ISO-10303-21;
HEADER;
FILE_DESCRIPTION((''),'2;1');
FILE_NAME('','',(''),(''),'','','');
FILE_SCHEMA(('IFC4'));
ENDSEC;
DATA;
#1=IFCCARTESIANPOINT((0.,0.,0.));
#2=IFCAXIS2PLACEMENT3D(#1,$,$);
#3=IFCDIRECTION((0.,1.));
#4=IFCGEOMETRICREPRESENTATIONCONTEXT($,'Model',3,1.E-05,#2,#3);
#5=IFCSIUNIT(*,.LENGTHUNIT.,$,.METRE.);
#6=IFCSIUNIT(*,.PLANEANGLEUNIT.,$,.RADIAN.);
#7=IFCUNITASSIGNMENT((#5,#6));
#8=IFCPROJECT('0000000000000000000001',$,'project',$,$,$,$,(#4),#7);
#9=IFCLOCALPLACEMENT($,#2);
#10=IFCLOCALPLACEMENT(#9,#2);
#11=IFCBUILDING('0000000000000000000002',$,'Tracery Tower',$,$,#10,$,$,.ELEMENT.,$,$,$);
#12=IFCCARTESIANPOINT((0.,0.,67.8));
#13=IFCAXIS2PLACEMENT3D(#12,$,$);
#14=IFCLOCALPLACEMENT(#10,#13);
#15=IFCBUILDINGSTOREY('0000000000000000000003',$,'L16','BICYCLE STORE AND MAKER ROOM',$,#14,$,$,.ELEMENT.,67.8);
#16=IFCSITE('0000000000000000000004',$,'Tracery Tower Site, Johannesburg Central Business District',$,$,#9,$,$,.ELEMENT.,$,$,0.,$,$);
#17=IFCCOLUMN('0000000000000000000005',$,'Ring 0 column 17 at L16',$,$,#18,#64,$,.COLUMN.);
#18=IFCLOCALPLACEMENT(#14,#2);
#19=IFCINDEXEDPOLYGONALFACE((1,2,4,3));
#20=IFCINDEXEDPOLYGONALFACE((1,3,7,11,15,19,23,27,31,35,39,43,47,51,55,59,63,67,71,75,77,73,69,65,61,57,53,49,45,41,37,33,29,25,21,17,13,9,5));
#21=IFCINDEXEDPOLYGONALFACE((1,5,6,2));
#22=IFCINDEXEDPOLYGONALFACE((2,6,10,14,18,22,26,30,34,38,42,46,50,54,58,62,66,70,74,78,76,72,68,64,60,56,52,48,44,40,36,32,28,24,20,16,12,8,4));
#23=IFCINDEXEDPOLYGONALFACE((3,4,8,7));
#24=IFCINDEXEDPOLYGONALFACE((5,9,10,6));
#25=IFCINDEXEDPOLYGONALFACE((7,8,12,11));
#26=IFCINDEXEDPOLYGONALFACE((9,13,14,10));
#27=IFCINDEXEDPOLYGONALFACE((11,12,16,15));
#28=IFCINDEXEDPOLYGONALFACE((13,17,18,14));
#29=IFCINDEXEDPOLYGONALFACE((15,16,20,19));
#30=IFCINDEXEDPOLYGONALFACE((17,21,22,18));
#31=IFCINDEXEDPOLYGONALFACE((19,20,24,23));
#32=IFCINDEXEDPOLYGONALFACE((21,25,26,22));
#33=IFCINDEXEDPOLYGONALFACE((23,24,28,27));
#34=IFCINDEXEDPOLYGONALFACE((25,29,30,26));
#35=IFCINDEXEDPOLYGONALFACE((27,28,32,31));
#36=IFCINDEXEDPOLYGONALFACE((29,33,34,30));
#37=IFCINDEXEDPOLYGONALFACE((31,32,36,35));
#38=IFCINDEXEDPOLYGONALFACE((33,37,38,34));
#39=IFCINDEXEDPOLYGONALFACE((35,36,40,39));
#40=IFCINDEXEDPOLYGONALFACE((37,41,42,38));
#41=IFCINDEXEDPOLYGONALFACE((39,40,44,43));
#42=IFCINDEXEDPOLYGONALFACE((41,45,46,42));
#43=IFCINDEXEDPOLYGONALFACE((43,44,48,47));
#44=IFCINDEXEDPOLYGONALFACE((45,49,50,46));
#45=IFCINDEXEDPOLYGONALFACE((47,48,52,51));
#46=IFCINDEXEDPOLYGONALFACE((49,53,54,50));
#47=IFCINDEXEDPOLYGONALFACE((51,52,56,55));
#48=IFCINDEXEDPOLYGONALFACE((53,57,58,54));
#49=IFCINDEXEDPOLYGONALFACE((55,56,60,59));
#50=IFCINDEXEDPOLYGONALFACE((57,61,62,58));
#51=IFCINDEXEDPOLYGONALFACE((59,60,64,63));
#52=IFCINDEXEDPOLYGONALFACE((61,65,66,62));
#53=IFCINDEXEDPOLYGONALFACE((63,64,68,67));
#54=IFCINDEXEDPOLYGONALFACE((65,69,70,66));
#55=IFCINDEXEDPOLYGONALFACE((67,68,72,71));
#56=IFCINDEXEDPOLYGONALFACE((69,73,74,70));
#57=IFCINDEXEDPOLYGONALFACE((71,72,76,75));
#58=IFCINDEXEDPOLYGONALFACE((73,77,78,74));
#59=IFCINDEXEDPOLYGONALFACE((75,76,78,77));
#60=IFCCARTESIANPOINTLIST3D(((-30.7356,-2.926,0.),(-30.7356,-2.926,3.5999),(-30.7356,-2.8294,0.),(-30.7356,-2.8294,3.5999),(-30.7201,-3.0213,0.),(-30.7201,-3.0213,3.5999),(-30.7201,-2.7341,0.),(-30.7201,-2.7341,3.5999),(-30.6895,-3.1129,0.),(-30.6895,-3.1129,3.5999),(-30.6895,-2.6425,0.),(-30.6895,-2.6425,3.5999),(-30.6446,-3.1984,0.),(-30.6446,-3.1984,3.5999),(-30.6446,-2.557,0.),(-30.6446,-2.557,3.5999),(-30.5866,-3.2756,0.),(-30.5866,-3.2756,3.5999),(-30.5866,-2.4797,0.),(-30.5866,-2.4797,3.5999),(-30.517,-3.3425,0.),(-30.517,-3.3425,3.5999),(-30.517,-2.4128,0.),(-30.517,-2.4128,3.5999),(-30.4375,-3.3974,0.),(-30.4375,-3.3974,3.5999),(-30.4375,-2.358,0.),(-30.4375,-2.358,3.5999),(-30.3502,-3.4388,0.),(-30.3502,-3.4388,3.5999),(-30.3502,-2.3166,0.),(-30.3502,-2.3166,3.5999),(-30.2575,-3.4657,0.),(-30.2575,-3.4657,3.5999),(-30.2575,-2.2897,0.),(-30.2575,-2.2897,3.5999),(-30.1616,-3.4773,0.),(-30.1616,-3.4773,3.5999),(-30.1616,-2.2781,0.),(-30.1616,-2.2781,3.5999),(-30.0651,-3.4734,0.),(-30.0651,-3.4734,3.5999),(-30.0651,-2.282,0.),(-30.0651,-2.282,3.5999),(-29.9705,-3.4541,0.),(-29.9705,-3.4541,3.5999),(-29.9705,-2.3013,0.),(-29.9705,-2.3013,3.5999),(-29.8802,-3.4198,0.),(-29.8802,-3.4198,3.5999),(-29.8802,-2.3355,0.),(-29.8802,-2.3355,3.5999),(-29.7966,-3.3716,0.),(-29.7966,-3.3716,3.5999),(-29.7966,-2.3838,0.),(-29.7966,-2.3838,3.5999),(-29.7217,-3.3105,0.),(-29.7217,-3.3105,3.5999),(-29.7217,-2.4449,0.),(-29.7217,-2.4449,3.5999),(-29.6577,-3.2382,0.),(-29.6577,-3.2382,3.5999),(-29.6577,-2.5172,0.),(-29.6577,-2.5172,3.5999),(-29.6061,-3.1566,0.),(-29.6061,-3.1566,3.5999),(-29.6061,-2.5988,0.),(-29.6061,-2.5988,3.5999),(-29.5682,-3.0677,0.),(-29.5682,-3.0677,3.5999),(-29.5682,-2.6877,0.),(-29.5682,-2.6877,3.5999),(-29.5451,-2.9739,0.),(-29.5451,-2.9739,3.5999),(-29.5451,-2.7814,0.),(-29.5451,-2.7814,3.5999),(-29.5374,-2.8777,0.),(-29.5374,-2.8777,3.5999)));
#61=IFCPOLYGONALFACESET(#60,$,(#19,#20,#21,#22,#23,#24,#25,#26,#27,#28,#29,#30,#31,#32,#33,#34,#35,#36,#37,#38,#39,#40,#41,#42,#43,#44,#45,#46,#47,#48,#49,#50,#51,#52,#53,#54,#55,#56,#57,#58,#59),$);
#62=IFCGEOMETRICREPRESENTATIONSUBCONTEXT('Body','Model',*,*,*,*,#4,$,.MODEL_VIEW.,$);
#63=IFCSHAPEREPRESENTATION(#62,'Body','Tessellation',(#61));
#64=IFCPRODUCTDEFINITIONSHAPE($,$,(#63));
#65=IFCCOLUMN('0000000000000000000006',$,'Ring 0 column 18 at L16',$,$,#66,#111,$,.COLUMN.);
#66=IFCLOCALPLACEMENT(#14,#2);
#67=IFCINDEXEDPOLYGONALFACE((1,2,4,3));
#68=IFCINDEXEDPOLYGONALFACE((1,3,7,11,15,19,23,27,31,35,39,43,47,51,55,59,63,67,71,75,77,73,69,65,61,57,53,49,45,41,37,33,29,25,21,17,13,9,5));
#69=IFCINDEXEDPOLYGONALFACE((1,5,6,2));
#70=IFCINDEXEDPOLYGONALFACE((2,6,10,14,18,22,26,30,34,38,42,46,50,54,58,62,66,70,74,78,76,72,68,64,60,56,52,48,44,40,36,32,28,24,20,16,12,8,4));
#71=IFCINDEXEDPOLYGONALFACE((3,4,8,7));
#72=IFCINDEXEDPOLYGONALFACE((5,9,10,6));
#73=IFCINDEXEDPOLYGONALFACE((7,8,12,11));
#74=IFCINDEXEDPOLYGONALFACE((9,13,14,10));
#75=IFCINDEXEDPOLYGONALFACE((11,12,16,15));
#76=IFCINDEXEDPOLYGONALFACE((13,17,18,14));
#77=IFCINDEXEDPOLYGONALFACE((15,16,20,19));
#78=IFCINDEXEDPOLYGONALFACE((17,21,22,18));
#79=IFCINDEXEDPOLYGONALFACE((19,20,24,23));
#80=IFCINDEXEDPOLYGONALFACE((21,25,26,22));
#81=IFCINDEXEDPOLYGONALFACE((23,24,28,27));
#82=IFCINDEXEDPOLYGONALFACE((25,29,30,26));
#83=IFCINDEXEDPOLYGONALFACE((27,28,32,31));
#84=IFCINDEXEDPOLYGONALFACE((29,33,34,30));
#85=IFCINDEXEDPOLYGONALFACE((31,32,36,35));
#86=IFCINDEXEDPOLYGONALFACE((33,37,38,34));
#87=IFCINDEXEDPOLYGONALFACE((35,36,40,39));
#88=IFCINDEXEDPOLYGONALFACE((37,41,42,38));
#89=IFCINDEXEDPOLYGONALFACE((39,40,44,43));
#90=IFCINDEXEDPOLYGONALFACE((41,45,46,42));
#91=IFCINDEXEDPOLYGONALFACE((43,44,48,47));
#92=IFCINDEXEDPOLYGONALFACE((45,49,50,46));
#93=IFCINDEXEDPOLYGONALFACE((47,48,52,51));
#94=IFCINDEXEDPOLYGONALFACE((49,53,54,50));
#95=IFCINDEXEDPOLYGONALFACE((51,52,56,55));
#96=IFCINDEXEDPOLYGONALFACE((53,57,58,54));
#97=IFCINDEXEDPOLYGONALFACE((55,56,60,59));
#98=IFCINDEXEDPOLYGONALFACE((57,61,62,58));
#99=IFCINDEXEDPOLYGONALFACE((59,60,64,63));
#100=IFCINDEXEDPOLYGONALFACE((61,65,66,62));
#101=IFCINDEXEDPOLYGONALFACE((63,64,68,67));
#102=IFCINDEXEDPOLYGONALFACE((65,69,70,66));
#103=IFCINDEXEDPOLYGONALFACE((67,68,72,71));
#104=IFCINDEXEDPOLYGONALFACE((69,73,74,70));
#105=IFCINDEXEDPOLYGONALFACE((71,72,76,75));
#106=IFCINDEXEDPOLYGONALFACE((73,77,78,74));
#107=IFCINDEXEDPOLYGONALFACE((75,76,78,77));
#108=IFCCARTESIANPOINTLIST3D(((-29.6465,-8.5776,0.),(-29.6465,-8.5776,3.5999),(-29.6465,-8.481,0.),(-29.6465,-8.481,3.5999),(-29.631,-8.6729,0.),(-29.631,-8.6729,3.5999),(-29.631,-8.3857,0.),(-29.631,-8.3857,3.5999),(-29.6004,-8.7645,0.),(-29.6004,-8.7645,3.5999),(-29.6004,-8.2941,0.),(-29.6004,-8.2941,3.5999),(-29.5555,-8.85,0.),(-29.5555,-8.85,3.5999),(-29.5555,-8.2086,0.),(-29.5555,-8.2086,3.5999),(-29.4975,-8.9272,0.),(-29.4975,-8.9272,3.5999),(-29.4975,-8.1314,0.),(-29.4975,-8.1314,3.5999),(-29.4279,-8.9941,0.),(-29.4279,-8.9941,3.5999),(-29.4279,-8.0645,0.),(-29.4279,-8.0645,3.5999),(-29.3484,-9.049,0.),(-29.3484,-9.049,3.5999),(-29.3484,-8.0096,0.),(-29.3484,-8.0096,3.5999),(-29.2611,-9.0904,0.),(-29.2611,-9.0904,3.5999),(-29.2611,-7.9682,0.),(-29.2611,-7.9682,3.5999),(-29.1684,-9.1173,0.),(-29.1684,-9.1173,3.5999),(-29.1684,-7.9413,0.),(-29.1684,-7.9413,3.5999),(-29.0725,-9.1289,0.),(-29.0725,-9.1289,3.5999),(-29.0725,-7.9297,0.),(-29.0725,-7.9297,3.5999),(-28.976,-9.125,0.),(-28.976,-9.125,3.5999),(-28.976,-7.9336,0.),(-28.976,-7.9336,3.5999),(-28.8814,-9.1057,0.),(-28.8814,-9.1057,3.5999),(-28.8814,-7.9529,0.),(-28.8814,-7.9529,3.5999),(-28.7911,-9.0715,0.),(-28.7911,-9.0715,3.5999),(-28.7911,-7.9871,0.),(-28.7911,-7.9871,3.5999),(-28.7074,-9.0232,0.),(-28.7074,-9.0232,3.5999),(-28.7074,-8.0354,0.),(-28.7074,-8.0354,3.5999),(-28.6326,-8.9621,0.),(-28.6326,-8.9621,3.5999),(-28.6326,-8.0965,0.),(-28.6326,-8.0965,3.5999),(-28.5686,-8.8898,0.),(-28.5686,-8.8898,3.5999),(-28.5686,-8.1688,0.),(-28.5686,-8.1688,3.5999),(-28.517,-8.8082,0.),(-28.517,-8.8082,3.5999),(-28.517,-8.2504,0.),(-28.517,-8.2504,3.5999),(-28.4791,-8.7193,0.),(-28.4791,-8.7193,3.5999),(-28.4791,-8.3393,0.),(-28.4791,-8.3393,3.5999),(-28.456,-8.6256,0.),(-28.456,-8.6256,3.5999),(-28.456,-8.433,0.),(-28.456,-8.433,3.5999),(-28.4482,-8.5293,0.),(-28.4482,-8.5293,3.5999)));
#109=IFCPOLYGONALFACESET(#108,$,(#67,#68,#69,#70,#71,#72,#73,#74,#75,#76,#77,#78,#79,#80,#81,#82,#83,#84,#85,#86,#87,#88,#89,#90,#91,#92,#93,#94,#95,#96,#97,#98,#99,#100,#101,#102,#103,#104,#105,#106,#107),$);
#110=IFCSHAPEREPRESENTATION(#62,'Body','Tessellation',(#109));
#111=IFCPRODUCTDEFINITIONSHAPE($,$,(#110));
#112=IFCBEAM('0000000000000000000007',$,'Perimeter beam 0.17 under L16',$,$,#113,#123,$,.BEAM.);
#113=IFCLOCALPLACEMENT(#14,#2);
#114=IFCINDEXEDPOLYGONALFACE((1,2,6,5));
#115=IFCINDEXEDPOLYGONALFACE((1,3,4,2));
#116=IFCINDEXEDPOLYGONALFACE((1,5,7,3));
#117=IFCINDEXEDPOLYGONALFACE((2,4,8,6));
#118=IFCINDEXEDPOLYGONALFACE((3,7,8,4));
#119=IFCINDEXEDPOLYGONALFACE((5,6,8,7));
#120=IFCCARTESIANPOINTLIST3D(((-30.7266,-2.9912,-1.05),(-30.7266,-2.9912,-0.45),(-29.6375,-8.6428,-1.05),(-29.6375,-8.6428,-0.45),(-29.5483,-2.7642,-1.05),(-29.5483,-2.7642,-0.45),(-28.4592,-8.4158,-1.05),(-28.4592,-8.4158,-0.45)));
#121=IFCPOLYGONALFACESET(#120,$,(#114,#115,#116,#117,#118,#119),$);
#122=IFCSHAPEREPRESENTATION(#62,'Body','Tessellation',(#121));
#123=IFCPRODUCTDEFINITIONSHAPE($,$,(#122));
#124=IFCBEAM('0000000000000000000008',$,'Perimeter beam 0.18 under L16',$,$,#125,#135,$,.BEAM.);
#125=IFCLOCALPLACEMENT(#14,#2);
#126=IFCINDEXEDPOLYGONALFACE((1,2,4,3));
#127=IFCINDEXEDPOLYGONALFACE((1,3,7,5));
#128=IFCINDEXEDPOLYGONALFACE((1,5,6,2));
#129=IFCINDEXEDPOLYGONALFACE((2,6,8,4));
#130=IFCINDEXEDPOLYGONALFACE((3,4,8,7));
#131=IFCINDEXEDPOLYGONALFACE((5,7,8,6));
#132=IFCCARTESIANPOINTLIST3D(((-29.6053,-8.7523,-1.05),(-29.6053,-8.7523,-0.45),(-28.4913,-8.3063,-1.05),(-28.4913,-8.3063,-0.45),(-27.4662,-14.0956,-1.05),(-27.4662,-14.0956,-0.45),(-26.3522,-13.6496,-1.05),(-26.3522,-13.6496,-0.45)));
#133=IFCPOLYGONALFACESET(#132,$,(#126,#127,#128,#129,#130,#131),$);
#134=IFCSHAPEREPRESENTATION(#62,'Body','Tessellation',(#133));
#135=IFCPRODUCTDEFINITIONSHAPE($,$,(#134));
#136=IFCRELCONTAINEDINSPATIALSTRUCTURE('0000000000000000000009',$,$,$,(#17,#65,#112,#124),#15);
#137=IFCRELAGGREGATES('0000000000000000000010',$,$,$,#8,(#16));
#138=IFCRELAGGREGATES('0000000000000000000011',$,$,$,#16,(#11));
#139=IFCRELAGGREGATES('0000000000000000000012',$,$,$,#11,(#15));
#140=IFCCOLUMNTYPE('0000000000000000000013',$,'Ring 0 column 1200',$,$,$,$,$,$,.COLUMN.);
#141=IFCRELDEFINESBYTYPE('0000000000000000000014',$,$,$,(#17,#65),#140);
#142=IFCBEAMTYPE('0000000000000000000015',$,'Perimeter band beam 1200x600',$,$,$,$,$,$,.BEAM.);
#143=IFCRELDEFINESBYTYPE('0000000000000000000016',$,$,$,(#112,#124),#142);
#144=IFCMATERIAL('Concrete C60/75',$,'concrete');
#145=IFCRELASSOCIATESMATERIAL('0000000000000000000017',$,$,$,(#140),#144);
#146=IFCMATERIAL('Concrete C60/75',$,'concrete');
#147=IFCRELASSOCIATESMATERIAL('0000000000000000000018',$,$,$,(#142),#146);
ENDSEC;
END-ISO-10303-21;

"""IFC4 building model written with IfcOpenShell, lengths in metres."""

from ifc_helpers import new_model, si_unit, direction, frame, origin, origin_2d, place, context, subcontext, project, spatial, rectangle, circle, extrude, material, material_profile, profile_set, type_object, element, save


model = new_model("IFC4")

# Units and contexts
model_context = context("Model", 3, precision=1e-05, world=origin(), true_north=direction((0.0, 1.0)))
body_context = subcontext(model_context, "Body", "Model", "MODEL_VIEW")
ifc_project = project(units=[si_unit("LENGTHUNIT", "METRE"), si_unit("PLANEANGLEUNIT", "RADIAN")], contexts=[model_context])

# Site, building, storey
site_placement = place(None, origin())
site = spatial("IfcSite", under=ifc_project, at=site_placement, Name="Tracery Tower Site, Johannesburg Central Business District", CompositionType="ELEMENT", RefElevation=0.0)
building_placement = place(site_placement, origin())
building = spatial("IfcBuilding", under=site, at=building_placement, Name="Tracery Tower", CompositionType="ELEMENT")
storey_placement = place(building_placement, frame((0.0, 0.0, 67.8)))
storey = spatial("IfcBuildingStorey", under=building, at=storey_placement, Name="L16", Description="BICYCLE STORE AND MAKER ROOM", CompositionType="ELEMENT", Elevation=67.8)

# Columns
ifc_material_1 = material(Name="Concrete C60/75", Category="concrete")
ifc_material_profile_1 = material_profile(ifc_material_1, circle(Radius=0.6001, at=origin_2d()), Name="RC D1200")
ifc_profile_set_1 = profile_set([ifc_material_profile_1], Name="Concrete C60/75")
column_type = type_object("IfcColumnType", Name="Ring 0 column 1200", PredefinedType="COLUMN", material=ifc_profile_set_1)
for number, where, z_axis, x_axis, name in (
    (1, (-30.1375, -2.8777, 0.0), (0.0, 0.0, 1.0), (1.0, 0.0, 0.0), "Ring 0 column 17 at L16"),
    (2, (-29.0483, -8.5293, 0.0), (0.0, 0.0, 1.0), (1.0, 0.0, 0.0), "Ring 0 column 18 at L16"),
):
    element("IfcColumn", number, at=place(storey_placement, frame(where, z_axis=z_axis, x_axis=x_axis)), inside=storey, type_object=column_type, Name=name, PredefinedType="COLUMN", context=body_context, shape_type="SweptSolid", body=[
        extrude(circle(Radius=0.6001, at=origin_2d()), origin(), (0.0, 0.0, 1.0), 3.5999),
    ])

# Beams
ifc_material_2 = material(Name="Concrete C60/75", Category="concrete")
ifc_material_profile_2 = material_profile(ifc_material_2, rectangle(XDim=1.2, YDim=0.6001, at=origin_2d()), Name="RC 1200x600")
ifc_profile_set_2 = profile_set([ifc_material_profile_2], Name="Concrete C60/75")
beam_type = type_object("IfcBeamType", Name="Perimeter band beam 1200x600", PredefinedType="BEAM", material=ifc_profile_set_2)
for number, where, z_axis, x_axis, name in (
    (3, (-30.1375, -2.8777, -0.75), (0.189227, -0.981933, 0.0), (0.981933, 0.189227, 0.0), "Perimeter beam 0.17 under L16"),
    (4, (-29.0483, -8.5293, -0.75), (0.371669, -0.928365, 0.0), (0.928365, 0.371669, 0.0), "Perimeter beam 0.18 under L16"),
):
    element("IfcBeam", number, at=place(storey_placement, frame(where, z_axis=z_axis, x_axis=x_axis)), inside=storey, type_object=beam_type, Name=name, PredefinedType="BEAM", context=body_context, shape_type="SweptSolid", body=[
        extrude(rectangle(XDim=1.2, YDim=0.6001, at=origin_2d()), origin(), (0.0, 0.0, 1.0), 5.7556),
    ])

save(model, "model.ifc")
